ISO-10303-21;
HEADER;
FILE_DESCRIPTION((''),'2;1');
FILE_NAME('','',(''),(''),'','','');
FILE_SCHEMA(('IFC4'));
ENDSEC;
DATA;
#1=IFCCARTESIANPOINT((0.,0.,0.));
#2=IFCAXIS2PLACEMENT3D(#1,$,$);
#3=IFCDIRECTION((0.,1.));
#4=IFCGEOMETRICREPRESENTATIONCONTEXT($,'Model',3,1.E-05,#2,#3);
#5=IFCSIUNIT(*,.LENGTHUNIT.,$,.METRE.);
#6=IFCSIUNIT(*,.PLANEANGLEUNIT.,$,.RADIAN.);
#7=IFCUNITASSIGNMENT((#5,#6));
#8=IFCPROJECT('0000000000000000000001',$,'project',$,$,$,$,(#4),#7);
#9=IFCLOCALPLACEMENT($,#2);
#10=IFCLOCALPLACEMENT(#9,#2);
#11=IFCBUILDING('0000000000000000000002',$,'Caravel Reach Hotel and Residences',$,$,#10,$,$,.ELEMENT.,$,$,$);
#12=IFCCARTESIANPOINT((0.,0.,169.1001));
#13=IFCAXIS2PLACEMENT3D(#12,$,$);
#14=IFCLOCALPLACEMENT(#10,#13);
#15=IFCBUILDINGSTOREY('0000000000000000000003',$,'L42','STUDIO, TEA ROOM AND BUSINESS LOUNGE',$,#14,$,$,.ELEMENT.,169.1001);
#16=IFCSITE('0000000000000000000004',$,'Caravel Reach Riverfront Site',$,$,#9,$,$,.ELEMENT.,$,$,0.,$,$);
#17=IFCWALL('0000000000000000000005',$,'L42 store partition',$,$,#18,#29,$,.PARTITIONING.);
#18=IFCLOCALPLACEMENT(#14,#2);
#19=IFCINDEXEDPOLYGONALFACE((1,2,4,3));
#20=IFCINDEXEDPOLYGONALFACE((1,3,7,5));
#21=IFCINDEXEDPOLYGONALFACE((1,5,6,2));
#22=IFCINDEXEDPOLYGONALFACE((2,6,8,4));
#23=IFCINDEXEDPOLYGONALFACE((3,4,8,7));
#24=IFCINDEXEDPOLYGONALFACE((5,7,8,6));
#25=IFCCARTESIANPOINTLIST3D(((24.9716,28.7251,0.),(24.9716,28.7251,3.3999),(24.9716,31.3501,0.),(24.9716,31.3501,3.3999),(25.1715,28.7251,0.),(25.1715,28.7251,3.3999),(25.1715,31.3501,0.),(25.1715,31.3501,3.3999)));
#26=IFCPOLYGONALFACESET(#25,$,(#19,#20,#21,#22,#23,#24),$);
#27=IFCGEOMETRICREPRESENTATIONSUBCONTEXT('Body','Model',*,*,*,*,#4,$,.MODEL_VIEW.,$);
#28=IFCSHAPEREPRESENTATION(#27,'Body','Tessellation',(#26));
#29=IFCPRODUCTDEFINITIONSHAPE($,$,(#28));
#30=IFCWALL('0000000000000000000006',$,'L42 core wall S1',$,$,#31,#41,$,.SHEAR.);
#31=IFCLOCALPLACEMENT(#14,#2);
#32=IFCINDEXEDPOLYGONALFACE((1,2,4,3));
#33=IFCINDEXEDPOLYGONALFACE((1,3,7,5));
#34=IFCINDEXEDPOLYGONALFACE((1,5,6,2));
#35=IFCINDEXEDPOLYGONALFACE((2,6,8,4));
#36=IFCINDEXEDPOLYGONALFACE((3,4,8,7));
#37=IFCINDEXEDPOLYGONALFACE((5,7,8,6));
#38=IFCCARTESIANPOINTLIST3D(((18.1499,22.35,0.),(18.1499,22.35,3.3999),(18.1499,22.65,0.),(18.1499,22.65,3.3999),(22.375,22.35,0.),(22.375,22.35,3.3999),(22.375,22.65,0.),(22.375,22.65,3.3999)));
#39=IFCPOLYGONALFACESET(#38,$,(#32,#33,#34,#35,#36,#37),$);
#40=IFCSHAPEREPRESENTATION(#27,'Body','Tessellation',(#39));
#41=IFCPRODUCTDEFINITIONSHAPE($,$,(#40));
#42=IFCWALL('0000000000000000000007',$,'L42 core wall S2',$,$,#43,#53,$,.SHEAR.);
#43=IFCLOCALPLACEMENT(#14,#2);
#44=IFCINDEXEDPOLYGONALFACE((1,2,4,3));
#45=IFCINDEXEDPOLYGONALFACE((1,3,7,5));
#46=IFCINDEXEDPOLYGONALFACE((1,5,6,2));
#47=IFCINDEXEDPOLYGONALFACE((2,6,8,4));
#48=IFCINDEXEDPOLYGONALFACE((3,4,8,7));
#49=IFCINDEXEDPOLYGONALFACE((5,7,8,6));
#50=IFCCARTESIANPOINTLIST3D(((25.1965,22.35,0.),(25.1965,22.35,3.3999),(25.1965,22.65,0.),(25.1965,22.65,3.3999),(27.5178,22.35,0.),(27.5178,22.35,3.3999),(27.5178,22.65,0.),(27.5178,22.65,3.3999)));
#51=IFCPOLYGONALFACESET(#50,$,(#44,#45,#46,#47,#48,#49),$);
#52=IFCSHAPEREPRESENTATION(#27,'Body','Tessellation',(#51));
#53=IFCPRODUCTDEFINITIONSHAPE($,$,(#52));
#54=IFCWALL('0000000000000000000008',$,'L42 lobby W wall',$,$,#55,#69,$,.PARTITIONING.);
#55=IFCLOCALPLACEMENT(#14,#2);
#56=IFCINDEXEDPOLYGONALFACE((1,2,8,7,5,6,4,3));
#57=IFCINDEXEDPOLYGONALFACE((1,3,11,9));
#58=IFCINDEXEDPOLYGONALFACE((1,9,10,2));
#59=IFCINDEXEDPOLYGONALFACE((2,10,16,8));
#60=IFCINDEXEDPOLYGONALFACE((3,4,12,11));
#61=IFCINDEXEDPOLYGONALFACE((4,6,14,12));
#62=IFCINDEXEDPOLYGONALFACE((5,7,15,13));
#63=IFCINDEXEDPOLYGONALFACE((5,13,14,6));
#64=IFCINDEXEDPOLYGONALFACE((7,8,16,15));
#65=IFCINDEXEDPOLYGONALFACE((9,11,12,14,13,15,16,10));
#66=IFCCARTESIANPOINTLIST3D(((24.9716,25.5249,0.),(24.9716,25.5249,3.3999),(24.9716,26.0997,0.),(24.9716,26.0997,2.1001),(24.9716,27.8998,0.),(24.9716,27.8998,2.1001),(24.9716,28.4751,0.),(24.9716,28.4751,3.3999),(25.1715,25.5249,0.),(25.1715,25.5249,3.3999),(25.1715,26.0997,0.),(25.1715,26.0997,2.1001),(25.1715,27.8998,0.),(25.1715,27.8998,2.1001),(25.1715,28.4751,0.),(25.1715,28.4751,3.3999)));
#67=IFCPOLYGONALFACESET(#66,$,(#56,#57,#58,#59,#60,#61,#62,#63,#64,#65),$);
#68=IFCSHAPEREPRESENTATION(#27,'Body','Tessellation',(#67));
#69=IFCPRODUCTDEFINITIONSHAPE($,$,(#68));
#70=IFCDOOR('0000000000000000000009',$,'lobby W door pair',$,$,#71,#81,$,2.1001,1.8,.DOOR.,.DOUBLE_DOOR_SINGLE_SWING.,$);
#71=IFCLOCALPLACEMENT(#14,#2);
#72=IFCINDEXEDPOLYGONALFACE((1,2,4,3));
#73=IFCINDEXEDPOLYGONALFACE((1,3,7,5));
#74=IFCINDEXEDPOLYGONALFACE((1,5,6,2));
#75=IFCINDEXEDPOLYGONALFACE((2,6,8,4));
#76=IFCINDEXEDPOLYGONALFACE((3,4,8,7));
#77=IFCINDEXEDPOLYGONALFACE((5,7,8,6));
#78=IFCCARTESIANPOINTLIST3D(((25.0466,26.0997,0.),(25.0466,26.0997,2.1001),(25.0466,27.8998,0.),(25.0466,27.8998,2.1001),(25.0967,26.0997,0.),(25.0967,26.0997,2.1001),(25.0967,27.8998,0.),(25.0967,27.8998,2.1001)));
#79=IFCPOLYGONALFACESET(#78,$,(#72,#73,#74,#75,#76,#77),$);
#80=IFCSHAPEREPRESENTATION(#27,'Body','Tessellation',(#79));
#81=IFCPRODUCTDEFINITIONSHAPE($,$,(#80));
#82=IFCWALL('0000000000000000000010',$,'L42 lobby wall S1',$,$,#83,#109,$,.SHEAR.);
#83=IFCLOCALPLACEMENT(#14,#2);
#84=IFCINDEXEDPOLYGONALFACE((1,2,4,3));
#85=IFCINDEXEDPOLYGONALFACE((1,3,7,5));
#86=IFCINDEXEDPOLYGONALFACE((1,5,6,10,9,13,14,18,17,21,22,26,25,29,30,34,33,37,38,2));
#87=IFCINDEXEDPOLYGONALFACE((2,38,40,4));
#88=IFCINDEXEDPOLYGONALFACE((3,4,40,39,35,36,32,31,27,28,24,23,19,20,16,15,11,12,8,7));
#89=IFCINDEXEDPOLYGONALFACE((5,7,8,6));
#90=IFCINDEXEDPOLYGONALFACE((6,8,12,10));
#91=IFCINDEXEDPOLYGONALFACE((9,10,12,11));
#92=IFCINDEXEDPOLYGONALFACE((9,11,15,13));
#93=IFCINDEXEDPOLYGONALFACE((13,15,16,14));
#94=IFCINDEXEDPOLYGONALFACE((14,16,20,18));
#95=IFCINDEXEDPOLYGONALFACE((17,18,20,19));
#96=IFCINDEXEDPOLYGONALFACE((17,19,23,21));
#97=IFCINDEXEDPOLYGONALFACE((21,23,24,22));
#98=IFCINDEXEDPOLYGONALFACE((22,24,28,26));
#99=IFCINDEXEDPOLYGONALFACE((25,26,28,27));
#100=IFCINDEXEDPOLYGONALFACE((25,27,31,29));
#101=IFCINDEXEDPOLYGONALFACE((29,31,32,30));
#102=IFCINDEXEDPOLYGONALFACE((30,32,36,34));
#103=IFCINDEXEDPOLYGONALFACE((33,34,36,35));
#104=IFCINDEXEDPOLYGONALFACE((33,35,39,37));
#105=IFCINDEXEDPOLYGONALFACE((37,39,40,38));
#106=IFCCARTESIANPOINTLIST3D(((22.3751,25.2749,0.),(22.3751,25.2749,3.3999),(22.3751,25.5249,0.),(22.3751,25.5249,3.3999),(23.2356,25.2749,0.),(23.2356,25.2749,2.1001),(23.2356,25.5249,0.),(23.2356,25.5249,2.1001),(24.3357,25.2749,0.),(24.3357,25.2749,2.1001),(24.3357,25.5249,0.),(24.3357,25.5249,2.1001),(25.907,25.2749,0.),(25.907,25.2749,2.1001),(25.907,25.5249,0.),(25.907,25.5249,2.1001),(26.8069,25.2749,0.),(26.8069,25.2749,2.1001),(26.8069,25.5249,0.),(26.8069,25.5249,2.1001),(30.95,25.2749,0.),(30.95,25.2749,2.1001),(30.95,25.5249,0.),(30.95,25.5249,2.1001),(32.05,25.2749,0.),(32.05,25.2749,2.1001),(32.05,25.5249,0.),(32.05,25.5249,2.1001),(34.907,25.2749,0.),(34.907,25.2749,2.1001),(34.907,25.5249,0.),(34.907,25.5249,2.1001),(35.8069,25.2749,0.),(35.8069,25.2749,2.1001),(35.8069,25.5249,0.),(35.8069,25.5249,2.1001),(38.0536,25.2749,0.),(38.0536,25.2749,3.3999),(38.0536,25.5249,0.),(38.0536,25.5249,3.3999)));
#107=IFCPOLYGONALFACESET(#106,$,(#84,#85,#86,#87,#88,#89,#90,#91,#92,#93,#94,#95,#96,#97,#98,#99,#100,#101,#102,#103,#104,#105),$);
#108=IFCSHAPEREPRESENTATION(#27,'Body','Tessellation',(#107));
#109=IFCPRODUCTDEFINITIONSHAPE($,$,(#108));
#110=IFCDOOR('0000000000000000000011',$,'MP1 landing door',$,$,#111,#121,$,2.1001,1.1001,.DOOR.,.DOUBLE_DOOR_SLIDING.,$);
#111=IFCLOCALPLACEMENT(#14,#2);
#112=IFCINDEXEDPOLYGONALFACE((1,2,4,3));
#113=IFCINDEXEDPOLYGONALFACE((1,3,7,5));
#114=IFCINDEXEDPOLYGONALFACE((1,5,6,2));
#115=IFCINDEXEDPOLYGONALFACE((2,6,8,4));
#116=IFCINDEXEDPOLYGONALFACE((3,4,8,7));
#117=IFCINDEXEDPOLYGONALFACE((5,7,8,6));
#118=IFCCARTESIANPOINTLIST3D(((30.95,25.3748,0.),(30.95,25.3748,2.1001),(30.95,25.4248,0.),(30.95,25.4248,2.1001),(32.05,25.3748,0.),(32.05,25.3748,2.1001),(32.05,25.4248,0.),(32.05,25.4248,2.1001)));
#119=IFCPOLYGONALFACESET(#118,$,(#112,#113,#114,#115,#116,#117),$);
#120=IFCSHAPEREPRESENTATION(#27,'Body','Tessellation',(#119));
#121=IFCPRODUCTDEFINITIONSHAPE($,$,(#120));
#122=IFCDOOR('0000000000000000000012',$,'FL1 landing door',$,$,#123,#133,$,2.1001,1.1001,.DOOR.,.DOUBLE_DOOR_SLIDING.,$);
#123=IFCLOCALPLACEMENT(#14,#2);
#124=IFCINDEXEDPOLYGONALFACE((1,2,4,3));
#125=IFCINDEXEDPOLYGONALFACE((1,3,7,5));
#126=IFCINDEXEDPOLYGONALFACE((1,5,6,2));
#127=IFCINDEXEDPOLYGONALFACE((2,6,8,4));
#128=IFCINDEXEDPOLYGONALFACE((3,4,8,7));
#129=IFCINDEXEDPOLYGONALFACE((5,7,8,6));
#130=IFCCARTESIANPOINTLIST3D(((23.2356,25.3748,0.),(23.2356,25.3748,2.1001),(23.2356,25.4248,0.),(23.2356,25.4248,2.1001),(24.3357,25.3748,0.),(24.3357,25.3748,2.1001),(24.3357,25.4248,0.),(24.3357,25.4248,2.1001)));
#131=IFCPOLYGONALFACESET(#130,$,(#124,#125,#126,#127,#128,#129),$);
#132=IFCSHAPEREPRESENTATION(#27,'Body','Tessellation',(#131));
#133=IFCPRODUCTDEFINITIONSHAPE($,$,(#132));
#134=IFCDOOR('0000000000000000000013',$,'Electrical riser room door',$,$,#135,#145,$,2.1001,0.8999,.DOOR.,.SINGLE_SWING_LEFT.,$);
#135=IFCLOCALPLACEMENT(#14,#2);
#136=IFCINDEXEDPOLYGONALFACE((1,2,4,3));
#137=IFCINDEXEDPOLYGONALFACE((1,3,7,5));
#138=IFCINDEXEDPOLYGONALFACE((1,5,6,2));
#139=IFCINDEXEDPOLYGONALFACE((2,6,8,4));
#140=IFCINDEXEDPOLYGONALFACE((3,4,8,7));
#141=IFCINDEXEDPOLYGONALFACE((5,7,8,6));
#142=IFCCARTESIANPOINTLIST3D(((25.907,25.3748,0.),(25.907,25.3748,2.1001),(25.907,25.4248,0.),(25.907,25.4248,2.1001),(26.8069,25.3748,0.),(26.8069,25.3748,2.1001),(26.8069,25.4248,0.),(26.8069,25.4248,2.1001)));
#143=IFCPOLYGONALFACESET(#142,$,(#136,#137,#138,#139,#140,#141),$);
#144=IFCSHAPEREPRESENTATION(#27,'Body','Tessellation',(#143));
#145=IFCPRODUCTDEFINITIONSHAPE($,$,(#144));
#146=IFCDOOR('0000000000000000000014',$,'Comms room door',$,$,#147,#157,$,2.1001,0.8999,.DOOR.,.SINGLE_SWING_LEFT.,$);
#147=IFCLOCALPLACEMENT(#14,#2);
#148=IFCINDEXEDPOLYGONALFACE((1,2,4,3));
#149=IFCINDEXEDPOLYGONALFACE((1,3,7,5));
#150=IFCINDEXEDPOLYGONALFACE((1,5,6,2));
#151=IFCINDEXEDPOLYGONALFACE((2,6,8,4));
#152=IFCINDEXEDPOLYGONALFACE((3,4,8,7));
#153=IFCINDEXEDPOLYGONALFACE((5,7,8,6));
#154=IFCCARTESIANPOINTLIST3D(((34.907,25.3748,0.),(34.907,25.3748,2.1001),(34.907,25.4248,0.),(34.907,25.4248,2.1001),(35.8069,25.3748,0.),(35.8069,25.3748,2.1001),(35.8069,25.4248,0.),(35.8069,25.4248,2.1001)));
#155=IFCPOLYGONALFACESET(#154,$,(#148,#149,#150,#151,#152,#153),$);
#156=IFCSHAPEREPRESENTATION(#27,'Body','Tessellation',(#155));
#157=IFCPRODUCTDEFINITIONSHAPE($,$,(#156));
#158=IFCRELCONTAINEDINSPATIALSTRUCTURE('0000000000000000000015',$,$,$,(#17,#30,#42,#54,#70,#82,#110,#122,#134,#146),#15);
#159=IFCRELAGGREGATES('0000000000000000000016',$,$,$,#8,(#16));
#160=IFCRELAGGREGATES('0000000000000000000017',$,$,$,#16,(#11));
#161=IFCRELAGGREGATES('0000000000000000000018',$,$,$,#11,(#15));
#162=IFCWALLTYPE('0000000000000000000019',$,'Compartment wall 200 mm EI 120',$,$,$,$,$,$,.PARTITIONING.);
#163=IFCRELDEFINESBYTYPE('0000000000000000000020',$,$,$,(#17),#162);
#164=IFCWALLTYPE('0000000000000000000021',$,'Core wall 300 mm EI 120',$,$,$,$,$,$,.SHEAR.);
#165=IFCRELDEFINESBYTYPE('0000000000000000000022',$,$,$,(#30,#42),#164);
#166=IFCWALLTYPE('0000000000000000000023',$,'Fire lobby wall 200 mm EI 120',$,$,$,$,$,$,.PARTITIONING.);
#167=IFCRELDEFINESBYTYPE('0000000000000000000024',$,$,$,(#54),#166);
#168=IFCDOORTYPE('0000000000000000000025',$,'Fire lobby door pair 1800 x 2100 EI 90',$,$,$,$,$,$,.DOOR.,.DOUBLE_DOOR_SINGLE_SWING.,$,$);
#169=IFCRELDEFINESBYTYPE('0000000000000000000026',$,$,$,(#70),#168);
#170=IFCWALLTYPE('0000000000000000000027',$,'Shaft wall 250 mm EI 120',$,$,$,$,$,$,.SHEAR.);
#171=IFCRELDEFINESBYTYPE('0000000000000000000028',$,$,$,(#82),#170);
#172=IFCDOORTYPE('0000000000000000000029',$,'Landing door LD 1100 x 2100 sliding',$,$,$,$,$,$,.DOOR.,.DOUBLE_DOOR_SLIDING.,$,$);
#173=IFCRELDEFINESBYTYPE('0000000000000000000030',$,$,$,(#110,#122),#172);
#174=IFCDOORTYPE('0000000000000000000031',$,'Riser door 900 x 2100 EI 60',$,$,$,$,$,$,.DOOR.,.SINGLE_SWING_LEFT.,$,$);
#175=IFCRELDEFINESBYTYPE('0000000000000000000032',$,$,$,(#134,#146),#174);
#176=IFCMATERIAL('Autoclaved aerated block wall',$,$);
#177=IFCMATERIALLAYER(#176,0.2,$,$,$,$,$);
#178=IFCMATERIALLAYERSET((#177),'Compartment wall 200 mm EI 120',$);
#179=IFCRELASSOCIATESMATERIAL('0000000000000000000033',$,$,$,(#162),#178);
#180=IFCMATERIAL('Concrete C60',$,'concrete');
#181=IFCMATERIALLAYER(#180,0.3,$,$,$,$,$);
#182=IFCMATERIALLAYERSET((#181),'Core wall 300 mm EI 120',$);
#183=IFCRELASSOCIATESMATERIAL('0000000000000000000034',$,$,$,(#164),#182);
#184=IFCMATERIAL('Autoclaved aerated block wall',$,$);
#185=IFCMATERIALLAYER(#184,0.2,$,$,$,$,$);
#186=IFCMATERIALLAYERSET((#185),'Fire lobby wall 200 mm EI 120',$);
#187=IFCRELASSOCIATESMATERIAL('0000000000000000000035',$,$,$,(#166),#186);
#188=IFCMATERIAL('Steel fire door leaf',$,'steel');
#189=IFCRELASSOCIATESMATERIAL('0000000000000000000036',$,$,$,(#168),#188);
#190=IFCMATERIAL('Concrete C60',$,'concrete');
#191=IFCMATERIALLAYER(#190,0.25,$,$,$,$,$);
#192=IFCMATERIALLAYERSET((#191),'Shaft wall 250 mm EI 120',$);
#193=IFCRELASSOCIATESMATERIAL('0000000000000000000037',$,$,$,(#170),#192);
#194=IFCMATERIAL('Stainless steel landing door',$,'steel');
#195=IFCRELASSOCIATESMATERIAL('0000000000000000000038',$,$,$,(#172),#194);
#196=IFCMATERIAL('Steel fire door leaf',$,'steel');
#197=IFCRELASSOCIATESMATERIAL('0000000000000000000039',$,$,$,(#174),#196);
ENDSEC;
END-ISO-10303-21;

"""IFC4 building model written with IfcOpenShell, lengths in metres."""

from ifc_helpers import new_model, si_unit, direction, frame, frame_2d, origin, place, context, subcontext, project, spatial, rectangle, extrude, material, layer, layer_set, type_object, element, fill, save


model = new_model("IFC4")

# Units and contexts
model_context = context("Model", 3, precision=1e-05, world=origin(), true_north=direction((0.0, 1.0)))
body_context = subcontext(model_context, "Body", "Model", "MODEL_VIEW")
ifc_project = project(units=[si_unit("LENGTHUNIT", "METRE"), si_unit("PLANEANGLEUNIT", "RADIAN")], contexts=[model_context])

# Site, building, storey
site_placement = place(None, origin())
site = spatial("IfcSite", under=ifc_project, at=site_placement, Name="Caravel Reach Riverfront Site", CompositionType="ELEMENT", RefElevation=0.0)
building_placement = place(site_placement, origin())
building = spatial("IfcBuilding", under=site, at=building_placement, Name="Caravel Reach Hotel and Residences", CompositionType="ELEMENT")
storey_placement = place(building_placement, frame((0.0, 0.0, 169.1001)))
storey = spatial("IfcBuildingStorey", under=building, at=storey_placement, Name="L42", Description="STUDIO, TEA ROOM AND BUSINESS LOUNGE", CompositionType="ELEMENT", Elevation=169.1001)

# Walls
ifc_material_1 = material(Name="Autoclaved aerated block wall")
ifc_layer_1 = layer(ifc_material_1, 0.2)
ifc_layer_set_1 = layer_set([ifc_layer_1], Name="Compartment wall 200 mm EI 120")
wall_type_1 = type_object("IfcWallType", Name="Compartment wall 200 mm EI 120", PredefinedType="PARTITIONING", material=ifc_layer_set_1)
wall_1_placement = place(storey_placement, frame((25.0715, 28.7251, 0.0), z_axis=(0.0, 0.0, 1.0), x_axis=(0.0, 1.0, 0.0)))
element("IfcWall", 1, at=wall_1_placement, inside=storey, type_object=wall_type_1, Name="L42 store partition", PredefinedType="PARTITIONING", context=body_context, shape_type="SweptSolid", body=[
    extrude(rectangle(XDim=2.625, YDim=0.2, at=frame_2d((1.3125, 0.0))), origin(), (0.0, 0.0, 1.0), 3.3999),
])
ifc_material_2 = material(Name="Concrete C60", Category="concrete")
ifc_layer_2 = layer(ifc_material_2, 0.3)
ifc_layer_set_2 = layer_set([ifc_layer_2], Name="Core wall 300 mm EI 120")
wall_type_2 = type_object("IfcWallType", Name="Core wall 300 mm EI 120", PredefinedType="SHEAR", material=ifc_layer_set_2)
wall_2_placement = place(storey_placement, frame((18.1499, 22.5, 0.0), z_axis=(0.0, 0.0, 1.0), x_axis=(1.0, 0.0, 0.0)))
element("IfcWall", 2, at=wall_2_placement, inside=storey, type_object=wall_type_2, Name="L42 core wall S1", PredefinedType="SHEAR", context=body_context, shape_type="SweptSolid", body=[
    extrude(rectangle(XDim=4.2251, YDim=0.3, at=frame_2d((2.1125, 0.0))), origin(), (0.0, 0.0, 1.0), 3.3999),
])
wall_3_placement = place(storey_placement, frame((25.1965, 22.5, 0.0), z_axis=(0.0, 0.0, 1.0), x_axis=(1.0, 0.0, 0.0)))
element("IfcWall", 3, at=wall_3_placement, inside=storey, type_object=wall_type_2, Name="L42 core wall S2", PredefinedType="SHEAR", context=body_context, shape_type="SweptSolid", body=[
    extrude(rectangle(XDim=2.3213, YDim=0.3, at=frame_2d((1.1606, 0.0))), origin(), (0.0, 0.0, 1.0), 3.3999),
])

# Wall, opening, door
ifc_material_3 = material(Name="Autoclaved aerated block wall")
ifc_layer_3 = layer(ifc_material_3, 0.2)
ifc_layer_set_3 = layer_set([ifc_layer_3], Name="Fire lobby wall 200 mm EI 120")
wall_type_3 = type_object("IfcWallType", Name="Fire lobby wall 200 mm EI 120", PredefinedType="PARTITIONING", material=ifc_layer_set_3)
wall_4_placement = place(storey_placement, frame((25.0715, 25.5249, 0.0), z_axis=(0.0, 0.0, 1.0), x_axis=(0.0, 1.0, 0.0)))
wall_4 = element("IfcWall", 4, at=wall_4_placement, inside=storey, type_object=wall_type_3, Name="L42 lobby W wall", PredefinedType="PARTITIONING", context=body_context, shape_type="SweptSolid", body=[
    extrude(rectangle(XDim=2.9502, YDim=0.2, at=frame_2d((1.4751, 0.0))), origin(), (0.0, 0.0, 1.0), 3.3999),
])
opening_1_placement = place(wall_4_placement, frame((0.575, 0.0, 0.0)))
opening_1 = element("IfcOpeningElement", 5, at=opening_1_placement, cuts=wall_4, PredefinedType="OPENING", context=body_context, shape_type="SweptSolid", body=[
    extrude(rectangle(XDim=1.8, YDim=2.1001, at=frame_2d((0.8999, 1.05))), frame((0.0, 0.1099, 0.0), z_axis=(0.0, -1.0, 0.0), x_axis=(1.0, 0.0, 0.0)), (0.0, 0.0, 1.0), 0.22),
])
ifc_material_4 = material(Name="Steel fire door leaf", Category="steel")
door_type_1 = type_object("IfcDoorType", Name="Fire lobby door pair 1800 x 2100 EI 90", OperationType="DOUBLE_DOOR_SINGLE_SWING", PredefinedType="DOOR", material=ifc_material_4)
door_1_placement = place(opening_1_placement, origin())
door_1 = element("IfcDoor", 6, at=door_1_placement, inside=storey, type_object=door_type_1, Name="lobby W door pair", OperationType="DOUBLE_DOOR_SINGLE_SWING", OverallHeight=2.1001, OverallWidth=1.8, PredefinedType="DOOR", context=body_context, shape_type="SweptSolid", body=[
    extrude(rectangle(XDim=1.8, YDim=2.1001, at=frame_2d((0.8999, 1.05))), frame((0.0, 0.0249, 0.0), z_axis=(0.0, -1.0, 0.0), x_axis=(1.0, 0.0, 0.0)), (0.0, 0.0, 1.0), 0.05),
])
fill(opening_1, door_1)

# Wall, openings, doors
ifc_material_5 = material(Name="Concrete C60", Category="concrete")
ifc_layer_4 = layer(ifc_material_5, 0.25)
ifc_layer_set_4 = layer_set([ifc_layer_4], Name="Shaft wall 250 mm EI 120")
wall_type_4 = type_object("IfcWallType", Name="Shaft wall 250 mm EI 120", PredefinedType="SHEAR", material=ifc_layer_set_4)
wall_5_placement = place(storey_placement, frame((22.375, 25.3999, 0.0), z_axis=(0.0, 0.0, 1.0), x_axis=(1.0, 0.0, 0.0)))
wall_5 = element("IfcWall", 7, at=wall_5_placement, inside=storey, type_object=wall_type_4, Name="L42 lobby wall S1", PredefinedType="SHEAR", context=body_context, shape_type="SweptSolid", body=[
    extrude(rectangle(XDim=15.6785, YDim=0.25, at=frame_2d((7.8394, 0.0))), origin(), (0.0, 0.0, 1.0), 3.3999),
])
opening_2_placement = place(wall_5_placement, frame((8.575, 0.0, 0.0)))
opening_2 = element("IfcOpeningElement", 8, at=opening_2_placement, cuts=wall_5, PredefinedType="OPENING", context=body_context, shape_type="SweptSolid", body=[
    extrude(rectangle(XDim=1.1001, YDim=2.1001, at=frame_2d((0.55, 1.05))), frame((0.0, 0.135, 0.0), z_axis=(0.0, -1.0, 0.0), x_axis=(1.0, 0.0, 0.0)), (0.0, 0.0, 1.0), 0.27),
])
opening_3_placement = place(wall_5_placement, frame((0.8606, 0.0, 0.0)))
opening_3 = element("IfcOpeningElement", 9, at=opening_3_placement, cuts=wall_5, PredefinedType="OPENING", context=body_context, shape_type="SweptSolid", body=[
    extrude(rectangle(XDim=1.1001, YDim=2.1001, at=frame_2d((0.55, 1.05))), frame((0.0, 0.135, 0.0), z_axis=(0.0, -1.0, 0.0), x_axis=(1.0, 0.0, 0.0)), (0.0, 0.0, 1.0), 0.27),
])
opening_4_placement = place(wall_5_placement, frame((3.532, 0.0, 0.0)))
opening_4 = element("IfcOpeningElement", 10, at=opening_4_placement, cuts=wall_5, PredefinedType="OPENING", context=body_context, shape_type="SweptSolid", body=[
    extrude(rectangle(XDim=0.8999, YDim=2.1001, at=frame_2d((0.45, 1.05))), frame((0.0, 0.135, 0.0), z_axis=(0.0, -1.0, 0.0), x_axis=(1.0, 0.0, 0.0)), (0.0, 0.0, 1.0), 0.27),
])
opening_5_placement = place(wall_5_placement, frame((12.532, 0.0, 0.0)))
opening_5 = element("IfcOpeningElement", 11, at=opening_5_placement, cuts=wall_5, PredefinedType="OPENING", context=body_context, shape_type="SweptSolid", body=[
    extrude(rectangle(XDim=0.8999, YDim=2.1001, at=frame_2d((0.45, 1.05))), frame((0.0, 0.135, 0.0), z_axis=(0.0, -1.0, 0.0), x_axis=(1.0, 0.0, 0.0)), (0.0, 0.0, 1.0), 0.27),
])
ifc_material_6 = material(Name="Stainless steel landing door", Category="steel")
door_type_2 = type_object("IfcDoorType", Name="Landing door LD 1100 x 2100 sliding", OperationType="DOUBLE_DOOR_SLIDING", PredefinedType="DOOR", material=ifc_material_6)
door_2_placement = place(opening_2_placement, origin())
door_2 = element("IfcDoor", 12, at=door_2_placement, inside=storey, type_object=door_type_2, Name="MP1 landing door", OperationType="DOUBLE_DOOR_SLIDING", OverallHeight=2.1001, OverallWidth=1.1001, PredefinedType="DOOR", context=body_context, shape_type="SweptSolid", body=[
    extrude(rectangle(XDim=1.1001, YDim=2.1001, at=frame_2d((0.55, 1.05))), frame((0.0, 0.0249, 0.0), z_axis=(0.0, -1.0, 0.0), x_axis=(1.0, 0.0, 0.0)), (0.0, 0.0, 1.0), 0.05),
])
fill(opening_2, door_2)
door_3_placement = place(opening_3_placement, origin())
door_3 = element("IfcDoor", 13, at=door_3_placement, inside=storey, type_object=door_type_2, Name="FL1 landing door", OperationType="DOUBLE_DOOR_SLIDING", OverallHeight=2.1001, OverallWidth=1.1001, PredefinedType="DOOR", context=body_context, shape_type="SweptSolid", body=[
    extrude(rectangle(XDim=1.1001, YDim=2.1001, at=frame_2d((0.55, 1.05))), frame((0.0, 0.0249, 0.0), z_axis=(0.0, -1.0, 0.0), x_axis=(1.0, 0.0, 0.0)), (0.0, 0.0, 1.0), 0.05),
])
fill(opening_3, door_3)
ifc_material_7 = material(Name="Steel fire door leaf", Category="steel")
door_type_3 = type_object("IfcDoorType", Name="Riser door 900 x 2100 EI 60", OperationType="SINGLE_SWING_LEFT", PredefinedType="DOOR", material=ifc_material_7)
door_4_placement = place(opening_4_placement, origin())
door_4 = element("IfcDoor", 14, at=door_4_placement, inside=storey, type_object=door_type_3, Name="Electrical riser room door", OperationType="SINGLE_SWING_LEFT", OverallHeight=2.1001, OverallWidth=0.8999, PredefinedType="DOOR", context=body_context, shape_type="SweptSolid", body=[
    extrude(rectangle(XDim=0.8999, YDim=2.1001, at=frame_2d((0.45, 1.05))), frame((0.0, 0.0249, 0.0), z_axis=(0.0, -1.0, 0.0), x_axis=(1.0, 0.0, 0.0)), (0.0, 0.0, 1.0), 0.05),
])
fill(opening_4, door_4)
door_5_placement = place(opening_5_placement, origin())
door_5 = element("IfcDoor", 15, at=door_5_placement, inside=storey, type_object=door_type_3, Name="Comms room door", OperationType="SINGLE_SWING_LEFT", OverallHeight=2.1001, OverallWidth=0.8999, PredefinedType="DOOR", context=body_context, shape_type="SweptSolid", body=[
    extrude(rectangle(XDim=0.8999, YDim=2.1001, at=frame_2d((0.45, 1.05))), frame((0.0, 0.0249, 0.0), z_axis=(0.0, -1.0, 0.0), x_axis=(1.0, 0.0, 0.0)), (0.0, 0.0, 1.0), 0.05),
])
fill(opening_5, door_5)

save(model, "model.ifc")
